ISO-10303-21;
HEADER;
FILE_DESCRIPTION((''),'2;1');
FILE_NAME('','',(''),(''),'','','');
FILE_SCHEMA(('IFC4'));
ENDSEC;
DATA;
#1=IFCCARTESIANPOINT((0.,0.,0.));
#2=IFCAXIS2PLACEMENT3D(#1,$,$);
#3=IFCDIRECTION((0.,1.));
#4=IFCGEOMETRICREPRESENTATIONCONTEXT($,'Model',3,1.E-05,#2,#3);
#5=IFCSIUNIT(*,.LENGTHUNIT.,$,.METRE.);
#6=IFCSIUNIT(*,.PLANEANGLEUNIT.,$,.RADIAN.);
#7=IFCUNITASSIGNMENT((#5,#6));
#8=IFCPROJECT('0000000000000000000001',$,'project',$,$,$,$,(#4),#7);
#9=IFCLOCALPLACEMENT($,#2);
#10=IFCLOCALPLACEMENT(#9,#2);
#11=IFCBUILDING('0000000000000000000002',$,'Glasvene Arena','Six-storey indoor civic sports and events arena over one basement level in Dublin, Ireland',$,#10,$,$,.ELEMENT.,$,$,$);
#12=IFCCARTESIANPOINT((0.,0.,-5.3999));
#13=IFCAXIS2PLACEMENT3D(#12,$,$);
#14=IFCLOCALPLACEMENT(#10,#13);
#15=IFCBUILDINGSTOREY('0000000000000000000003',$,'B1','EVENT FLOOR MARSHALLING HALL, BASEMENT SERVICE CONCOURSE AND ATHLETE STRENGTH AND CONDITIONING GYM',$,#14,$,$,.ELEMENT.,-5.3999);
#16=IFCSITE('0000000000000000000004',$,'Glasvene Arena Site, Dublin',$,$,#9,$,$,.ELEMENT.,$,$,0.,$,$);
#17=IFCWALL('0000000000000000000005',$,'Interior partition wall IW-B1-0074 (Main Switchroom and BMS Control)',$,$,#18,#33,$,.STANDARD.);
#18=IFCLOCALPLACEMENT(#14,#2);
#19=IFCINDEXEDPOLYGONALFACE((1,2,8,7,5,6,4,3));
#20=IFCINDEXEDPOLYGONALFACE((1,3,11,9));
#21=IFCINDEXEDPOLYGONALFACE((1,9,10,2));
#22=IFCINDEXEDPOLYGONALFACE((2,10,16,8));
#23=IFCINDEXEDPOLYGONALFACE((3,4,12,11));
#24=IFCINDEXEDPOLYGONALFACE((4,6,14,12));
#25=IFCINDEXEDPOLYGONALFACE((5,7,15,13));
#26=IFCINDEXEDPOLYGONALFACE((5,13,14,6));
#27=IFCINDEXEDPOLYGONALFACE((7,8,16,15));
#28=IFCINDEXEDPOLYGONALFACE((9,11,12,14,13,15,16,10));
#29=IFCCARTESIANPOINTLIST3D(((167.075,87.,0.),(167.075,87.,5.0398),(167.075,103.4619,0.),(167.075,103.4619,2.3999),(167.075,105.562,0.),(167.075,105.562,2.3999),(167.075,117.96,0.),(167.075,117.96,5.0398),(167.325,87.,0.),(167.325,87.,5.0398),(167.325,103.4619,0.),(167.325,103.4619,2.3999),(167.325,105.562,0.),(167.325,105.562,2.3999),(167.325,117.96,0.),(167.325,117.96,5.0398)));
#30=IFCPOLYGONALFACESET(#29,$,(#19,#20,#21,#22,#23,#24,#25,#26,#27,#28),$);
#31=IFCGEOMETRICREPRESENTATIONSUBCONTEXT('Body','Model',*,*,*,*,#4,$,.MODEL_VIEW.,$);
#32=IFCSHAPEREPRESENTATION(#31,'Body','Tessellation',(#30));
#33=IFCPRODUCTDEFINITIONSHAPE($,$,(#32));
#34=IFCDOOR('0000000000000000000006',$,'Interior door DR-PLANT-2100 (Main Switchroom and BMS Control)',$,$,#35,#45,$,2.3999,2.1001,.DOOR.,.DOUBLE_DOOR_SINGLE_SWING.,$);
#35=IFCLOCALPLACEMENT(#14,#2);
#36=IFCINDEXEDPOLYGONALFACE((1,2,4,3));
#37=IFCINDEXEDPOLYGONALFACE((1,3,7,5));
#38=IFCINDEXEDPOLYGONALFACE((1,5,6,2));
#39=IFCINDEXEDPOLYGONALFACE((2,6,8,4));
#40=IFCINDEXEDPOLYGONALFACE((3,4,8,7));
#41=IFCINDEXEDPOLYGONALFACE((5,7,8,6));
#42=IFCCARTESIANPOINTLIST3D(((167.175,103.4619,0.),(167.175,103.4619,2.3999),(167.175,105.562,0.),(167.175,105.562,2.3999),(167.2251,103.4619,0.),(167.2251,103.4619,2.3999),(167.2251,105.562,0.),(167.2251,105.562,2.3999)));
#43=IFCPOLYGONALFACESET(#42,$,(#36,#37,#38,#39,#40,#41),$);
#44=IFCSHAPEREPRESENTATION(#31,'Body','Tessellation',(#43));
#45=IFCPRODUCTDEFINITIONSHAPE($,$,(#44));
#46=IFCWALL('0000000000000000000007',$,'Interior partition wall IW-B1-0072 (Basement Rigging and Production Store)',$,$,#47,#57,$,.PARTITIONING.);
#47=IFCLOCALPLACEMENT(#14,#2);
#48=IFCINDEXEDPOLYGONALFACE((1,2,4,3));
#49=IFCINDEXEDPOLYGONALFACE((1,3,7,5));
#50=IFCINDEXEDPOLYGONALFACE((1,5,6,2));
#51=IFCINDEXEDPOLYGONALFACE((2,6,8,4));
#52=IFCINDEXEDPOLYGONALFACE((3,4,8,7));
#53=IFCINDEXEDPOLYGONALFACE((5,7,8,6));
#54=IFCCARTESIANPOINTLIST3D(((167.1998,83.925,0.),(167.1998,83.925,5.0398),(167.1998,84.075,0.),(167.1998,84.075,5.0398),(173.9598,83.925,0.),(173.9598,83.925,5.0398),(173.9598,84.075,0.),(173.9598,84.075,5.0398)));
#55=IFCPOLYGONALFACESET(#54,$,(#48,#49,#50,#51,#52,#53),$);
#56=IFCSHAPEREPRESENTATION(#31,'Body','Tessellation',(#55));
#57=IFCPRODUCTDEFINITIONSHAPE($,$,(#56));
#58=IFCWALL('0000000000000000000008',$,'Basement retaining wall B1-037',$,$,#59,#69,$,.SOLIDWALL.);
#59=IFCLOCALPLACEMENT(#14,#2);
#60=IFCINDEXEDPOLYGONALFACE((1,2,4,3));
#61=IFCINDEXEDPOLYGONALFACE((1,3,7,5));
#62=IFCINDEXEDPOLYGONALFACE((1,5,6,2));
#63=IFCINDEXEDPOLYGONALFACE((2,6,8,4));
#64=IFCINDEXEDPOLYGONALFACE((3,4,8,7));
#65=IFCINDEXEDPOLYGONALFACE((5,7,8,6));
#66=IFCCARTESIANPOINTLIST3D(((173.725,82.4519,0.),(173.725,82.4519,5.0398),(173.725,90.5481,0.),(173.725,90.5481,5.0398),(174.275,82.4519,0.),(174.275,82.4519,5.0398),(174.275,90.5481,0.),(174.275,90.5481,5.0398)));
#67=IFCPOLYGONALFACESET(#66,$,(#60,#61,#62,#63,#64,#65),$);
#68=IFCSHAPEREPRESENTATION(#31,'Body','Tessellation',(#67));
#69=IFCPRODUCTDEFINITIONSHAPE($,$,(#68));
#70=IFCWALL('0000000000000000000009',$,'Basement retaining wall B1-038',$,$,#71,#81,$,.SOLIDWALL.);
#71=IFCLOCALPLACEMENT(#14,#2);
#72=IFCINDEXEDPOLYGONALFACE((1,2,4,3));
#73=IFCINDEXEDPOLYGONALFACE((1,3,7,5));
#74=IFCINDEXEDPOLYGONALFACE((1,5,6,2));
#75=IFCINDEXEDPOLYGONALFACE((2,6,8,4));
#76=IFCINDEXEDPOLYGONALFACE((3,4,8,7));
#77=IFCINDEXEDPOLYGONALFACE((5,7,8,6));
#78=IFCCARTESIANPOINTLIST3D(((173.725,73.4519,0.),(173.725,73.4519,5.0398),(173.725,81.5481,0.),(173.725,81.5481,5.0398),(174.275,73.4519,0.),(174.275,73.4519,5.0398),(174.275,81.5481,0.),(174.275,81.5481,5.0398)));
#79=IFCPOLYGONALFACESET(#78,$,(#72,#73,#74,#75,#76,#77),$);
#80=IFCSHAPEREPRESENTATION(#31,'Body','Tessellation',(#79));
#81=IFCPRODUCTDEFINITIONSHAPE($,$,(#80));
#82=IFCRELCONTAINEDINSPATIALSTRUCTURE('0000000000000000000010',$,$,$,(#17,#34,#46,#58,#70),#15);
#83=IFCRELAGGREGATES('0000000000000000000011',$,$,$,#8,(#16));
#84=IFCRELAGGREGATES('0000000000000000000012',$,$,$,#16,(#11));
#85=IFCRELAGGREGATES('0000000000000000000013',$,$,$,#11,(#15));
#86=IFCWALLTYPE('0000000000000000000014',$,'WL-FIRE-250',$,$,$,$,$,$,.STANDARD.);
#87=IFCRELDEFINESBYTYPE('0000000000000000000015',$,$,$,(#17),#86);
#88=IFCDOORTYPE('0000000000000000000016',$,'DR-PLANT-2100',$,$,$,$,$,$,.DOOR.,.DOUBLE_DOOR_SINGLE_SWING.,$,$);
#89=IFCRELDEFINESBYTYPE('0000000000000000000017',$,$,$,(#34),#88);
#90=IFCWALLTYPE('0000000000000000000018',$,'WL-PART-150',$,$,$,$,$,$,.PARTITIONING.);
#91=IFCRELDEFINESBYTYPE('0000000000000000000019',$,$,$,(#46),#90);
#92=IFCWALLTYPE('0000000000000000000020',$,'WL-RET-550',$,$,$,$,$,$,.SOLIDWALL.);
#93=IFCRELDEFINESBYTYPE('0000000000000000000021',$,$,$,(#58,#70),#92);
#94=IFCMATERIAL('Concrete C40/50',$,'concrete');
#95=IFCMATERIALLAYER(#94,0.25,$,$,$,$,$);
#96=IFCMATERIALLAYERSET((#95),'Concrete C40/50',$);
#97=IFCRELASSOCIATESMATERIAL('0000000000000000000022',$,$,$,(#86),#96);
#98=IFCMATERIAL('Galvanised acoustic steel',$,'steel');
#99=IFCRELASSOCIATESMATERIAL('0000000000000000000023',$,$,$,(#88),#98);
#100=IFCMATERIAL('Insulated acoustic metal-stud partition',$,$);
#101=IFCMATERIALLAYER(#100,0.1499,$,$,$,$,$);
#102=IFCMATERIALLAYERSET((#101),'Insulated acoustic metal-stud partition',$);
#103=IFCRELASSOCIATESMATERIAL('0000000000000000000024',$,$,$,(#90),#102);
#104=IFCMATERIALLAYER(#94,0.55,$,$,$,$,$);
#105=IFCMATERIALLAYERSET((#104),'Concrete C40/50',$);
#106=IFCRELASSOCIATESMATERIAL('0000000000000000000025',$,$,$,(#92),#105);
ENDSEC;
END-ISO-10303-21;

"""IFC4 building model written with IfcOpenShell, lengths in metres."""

from ifc_helpers import new_model, si_unit, direction, frame, frame_2d, origin, place, context, subcontext, project, spatial, rectangle, extrude, material, layer, layer_set, type_object, element, fill, save


model = new_model("IFC4")

# Units and contexts
model_context = context("Model", 3, precision=1e-05, world=origin(), true_north=direction((0.0, 1.0)))
body_context = subcontext(model_context, "Body", "Model", "MODEL_VIEW")
ifc_project = project(units=[si_unit("LENGTHUNIT", "METRE"), si_unit("PLANEANGLEUNIT", "RADIAN")], contexts=[model_context])

# Site, building, storey
site_placement = place(None, origin())
site = spatial("IfcSite", under=ifc_project, at=site_placement, Name="Glasvene Arena Site, Dublin", CompositionType="ELEMENT", RefElevation=0.0)
building_placement = place(site_placement, origin())
building = spatial("IfcBuilding", under=site, at=building_placement, Name="Glasvene Arena", Description="Six-storey indoor civic sports and events arena over one basement level in Dublin, Ireland", CompositionType="ELEMENT")
storey_placement = place(building_placement, frame((0.0, 0.0, -5.3999)))
storey = spatial("IfcBuildingStorey", under=building, at=storey_placement, Name="B1", Description="EVENT FLOOR MARSHALLING HALL, BASEMENT SERVICE CONCOURSE AND ATHLETE STRENGTH AND CONDITIONING GYM", CompositionType="ELEMENT", Elevation=-5.3999)

# Shared definitions
ifc_material_1 = material(Name="Concrete C40/50", Category="concrete")

# Shared definitions
ifc_layer_1 = layer(ifc_material_1, 0.25)
ifc_layer_set_1 = layer_set([ifc_layer_1], Name="Concrete C40/50")
wall_type_1 = type_object("IfcWallType", Name="WL-FIRE-250", PredefinedType="STANDARD", material=ifc_layer_set_1)

# Wall, opening, door
wall_1_placement = place(storey_placement, frame((167.2, 87.0, 0.0), z_axis=(0.0, 0.0, 1.0), x_axis=(0.0, 1.0, 0.0)))
wall_1 = element("IfcWall", 1, at=wall_1_placement, inside=storey, type_object=wall_type_1, Name="Interior partition wall IW-B1-0074 (Main Switchroom and BMS Control)", PredefinedType="STANDARD", context=body_context, shape_type="SweptSolid", body=[
    extrude(rectangle(XDim=30.96, YDim=0.25, at=frame_2d((15.48, 0.0))), origin(), (0.0, 0.0, 1.0), 5.0398),
])
opening_placement = place(wall_1_placement, frame((16.4619, 0.0, 0.0)))
opening = element("IfcOpeningElement", 2, at=opening_placement, cuts=wall_1, PredefinedType="OPENING", context=body_context, shape_type="SweptSolid", body=[
    extrude(rectangle(XDim=2.1001, YDim=2.3999, at=frame_2d((1.05, 1.2))), frame((0.0, 0.135, 0.0), z_axis=(0.0, -1.0, 0.0), x_axis=(1.0, 0.0, 0.0)), (0.0, 0.0, 1.0), 0.27),
])
ifc_material_2 = material(Name="Galvanised acoustic steel", Category="steel")
door_type = type_object("IfcDoorType", Name="DR-PLANT-2100", OperationType="DOUBLE_DOOR_SINGLE_SWING", PredefinedType="DOOR", material=ifc_material_2)
door_placement = place(opening_placement, origin())
door = element("IfcDoor", 3, at=door_placement, inside=storey, type_object=door_type, Name="Interior door DR-PLANT-2100 (Main Switchroom and BMS Control)", OperationType="DOUBLE_DOOR_SINGLE_SWING", OverallHeight=2.3999, OverallWidth=2.1001, PredefinedType="DOOR", context=body_context, shape_type="SweptSolid", body=[
    extrude(rectangle(XDim=2.1001, YDim=2.3999, at=frame_2d((1.05, 1.2))), frame((0.0, 0.0249, 0.0), z_axis=(0.0, -1.0, 0.0), x_axis=(1.0, 0.0, 0.0)), (0.0, 0.0, 1.0), 0.05),
])
fill(opening, door)

# Walls
ifc_material_3 = material(Name="Insulated acoustic metal-stud partition")
ifc_layer_2 = layer(ifc_material_3, 0.1499)
ifc_layer_set_2 = layer_set([ifc_layer_2], Name="Insulated acoustic metal-stud partition")
wall_type_2 = type_object("IfcWallType", Name="WL-PART-150", PredefinedType="PARTITIONING", material=ifc_layer_set_2)
wall_2_placement = place(storey_placement, frame((167.2, 84.0, 0.0), z_axis=(0.0, 0.0, 1.0), x_axis=(1.0, 0.0, 0.0)))
element("IfcWall", 4, at=wall_2_placement, inside=storey, type_object=wall_type_2, Name="Interior partition wall IW-B1-0072 (Basement Rigging and Production Store)", PredefinedType="PARTITIONING", context=body_context, shape_type="SweptSolid", body=[
    extrude(rectangle(XDim=6.76, YDim=0.1499, at=frame_2d((3.3799, 0.0))), origin(), (0.0, 0.0, 1.0), 5.0398),
])
ifc_layer_3 = layer(ifc_material_1, 0.55)
ifc_layer_set_3 = layer_set([ifc_layer_3], Name="Concrete C40/50")
wall_type_3 = type_object("IfcWallType", Name="WL-RET-550", PredefinedType="SOLIDWALL", material=ifc_layer_set_3)
for number, where, z_axis, x_axis, name in (
    (5, (174.0, 90.5481, 0.0), (0.0, 0.0, 1.0), (0.0, -1.0, 0.0), "Basement retaining wall B1-037"),
    (6, (174.0, 81.5481, 0.0), (0.0, 0.0, 1.0), (0.0, -1.0, 0.0), "Basement retaining wall B1-038"),
):
    element("IfcWall", number, at=place(storey_placement, frame(where, z_axis=z_axis, x_axis=x_axis)), inside=storey, type_object=wall_type_3, Name=name, PredefinedType="SOLIDWALL", context=body_context, shape_type="SweptSolid", body=[
        extrude(rectangle(XDim=8.0962, YDim=0.55, at=frame_2d((4.0481, 0.0))), origin(), (0.0, 0.0, 1.0), 5.0398),
    ])

save(model, "model.ifc")
